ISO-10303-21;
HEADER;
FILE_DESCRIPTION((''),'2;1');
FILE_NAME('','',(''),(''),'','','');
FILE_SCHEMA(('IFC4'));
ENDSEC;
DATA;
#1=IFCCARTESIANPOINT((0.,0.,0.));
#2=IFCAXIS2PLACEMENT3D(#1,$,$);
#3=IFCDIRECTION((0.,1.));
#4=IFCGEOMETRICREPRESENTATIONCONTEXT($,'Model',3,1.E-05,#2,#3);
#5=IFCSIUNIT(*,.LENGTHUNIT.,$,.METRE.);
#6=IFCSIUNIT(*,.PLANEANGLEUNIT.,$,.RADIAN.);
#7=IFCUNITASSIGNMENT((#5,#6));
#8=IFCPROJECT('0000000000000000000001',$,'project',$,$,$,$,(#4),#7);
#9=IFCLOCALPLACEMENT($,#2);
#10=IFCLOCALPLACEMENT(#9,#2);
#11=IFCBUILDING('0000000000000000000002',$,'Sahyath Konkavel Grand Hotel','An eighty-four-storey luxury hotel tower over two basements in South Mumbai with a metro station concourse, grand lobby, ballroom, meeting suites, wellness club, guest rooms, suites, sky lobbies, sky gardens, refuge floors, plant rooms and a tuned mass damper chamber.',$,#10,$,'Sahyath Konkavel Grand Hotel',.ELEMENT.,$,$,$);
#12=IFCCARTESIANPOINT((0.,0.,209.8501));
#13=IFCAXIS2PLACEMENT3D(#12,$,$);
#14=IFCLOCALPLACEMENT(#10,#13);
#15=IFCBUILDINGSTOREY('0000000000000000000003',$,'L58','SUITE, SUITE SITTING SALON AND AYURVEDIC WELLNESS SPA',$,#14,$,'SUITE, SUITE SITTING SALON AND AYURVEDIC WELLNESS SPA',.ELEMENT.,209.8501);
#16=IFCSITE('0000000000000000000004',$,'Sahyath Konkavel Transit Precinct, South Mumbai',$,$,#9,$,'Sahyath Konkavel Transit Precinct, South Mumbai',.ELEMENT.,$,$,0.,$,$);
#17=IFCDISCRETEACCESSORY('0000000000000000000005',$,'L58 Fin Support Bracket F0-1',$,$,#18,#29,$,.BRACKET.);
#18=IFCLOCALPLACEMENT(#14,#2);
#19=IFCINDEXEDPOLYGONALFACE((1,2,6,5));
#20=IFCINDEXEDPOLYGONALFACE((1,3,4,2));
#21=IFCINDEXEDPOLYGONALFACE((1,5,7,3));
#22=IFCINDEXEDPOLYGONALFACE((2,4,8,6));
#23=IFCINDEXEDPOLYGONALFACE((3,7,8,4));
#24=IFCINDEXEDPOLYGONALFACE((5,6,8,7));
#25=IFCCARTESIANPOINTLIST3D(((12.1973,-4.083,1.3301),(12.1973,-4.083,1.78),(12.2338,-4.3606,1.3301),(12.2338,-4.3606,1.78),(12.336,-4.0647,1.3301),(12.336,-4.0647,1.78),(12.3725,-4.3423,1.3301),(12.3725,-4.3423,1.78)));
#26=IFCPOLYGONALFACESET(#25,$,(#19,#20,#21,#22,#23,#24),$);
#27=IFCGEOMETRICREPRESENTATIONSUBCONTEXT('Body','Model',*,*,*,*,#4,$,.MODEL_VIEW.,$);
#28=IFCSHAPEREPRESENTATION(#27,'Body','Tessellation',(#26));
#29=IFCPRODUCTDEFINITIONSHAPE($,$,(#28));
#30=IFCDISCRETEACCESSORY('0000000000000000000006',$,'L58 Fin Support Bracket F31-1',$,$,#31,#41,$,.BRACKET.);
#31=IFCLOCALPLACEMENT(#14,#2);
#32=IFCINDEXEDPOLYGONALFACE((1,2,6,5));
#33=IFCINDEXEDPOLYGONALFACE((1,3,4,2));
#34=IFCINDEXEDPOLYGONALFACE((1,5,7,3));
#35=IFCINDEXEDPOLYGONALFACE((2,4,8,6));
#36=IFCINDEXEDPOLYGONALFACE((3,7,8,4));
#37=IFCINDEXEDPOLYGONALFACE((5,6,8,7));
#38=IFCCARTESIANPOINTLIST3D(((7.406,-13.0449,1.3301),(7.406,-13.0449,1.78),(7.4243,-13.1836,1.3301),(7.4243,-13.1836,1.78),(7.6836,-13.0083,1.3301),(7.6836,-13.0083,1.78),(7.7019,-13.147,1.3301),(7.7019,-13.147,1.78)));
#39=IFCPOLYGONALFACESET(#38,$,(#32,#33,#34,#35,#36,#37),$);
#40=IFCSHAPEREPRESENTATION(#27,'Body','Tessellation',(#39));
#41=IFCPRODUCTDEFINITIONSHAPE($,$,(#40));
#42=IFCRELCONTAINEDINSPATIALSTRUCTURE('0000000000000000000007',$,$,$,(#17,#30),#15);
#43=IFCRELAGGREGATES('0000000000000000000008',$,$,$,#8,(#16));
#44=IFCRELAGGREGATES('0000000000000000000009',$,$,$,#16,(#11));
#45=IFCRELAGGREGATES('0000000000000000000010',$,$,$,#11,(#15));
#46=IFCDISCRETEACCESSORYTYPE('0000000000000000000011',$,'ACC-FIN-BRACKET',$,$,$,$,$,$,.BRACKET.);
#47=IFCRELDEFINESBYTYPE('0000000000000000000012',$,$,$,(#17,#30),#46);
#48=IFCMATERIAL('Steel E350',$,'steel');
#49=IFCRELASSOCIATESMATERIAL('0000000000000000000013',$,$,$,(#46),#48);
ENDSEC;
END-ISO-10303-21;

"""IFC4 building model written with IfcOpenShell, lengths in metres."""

from ifc_helpers import new_model, si_unit, direction, frame, origin, origin_2d, place, context, subcontext, project, spatial, rectangle, extrude, source, transform, mapped, material, type_object, element, save


model = new_model("IFC4")

# Units and contexts
model_context = context("Model", 3, precision=1e-05, world=origin(), true_north=direction((0.0, 1.0)))
body_context = subcontext(model_context, "Body", "Model", "MODEL_VIEW")
ifc_project = project(units=[si_unit("LENGTHUNIT", "METRE"), si_unit("PLANEANGLEUNIT", "RADIAN")], contexts=[model_context])

# Site, building, storey
site_placement = place(None, origin())
site = spatial("IfcSite", under=ifc_project, at=site_placement, Name="Sahyath Konkavel Transit Precinct, South Mumbai", LongName="Sahyath Konkavel Transit Precinct, South Mumbai", CompositionType="ELEMENT", RefElevation=0.0)
building_placement = place(site_placement, origin())
building = spatial("IfcBuilding", under=site, at=building_placement, Name="Sahyath Konkavel Grand Hotel", Description="An eighty-four-storey luxury hotel tower over two basements in South Mumbai with a metro station concourse, grand lobby, ballroom, meeting suites, wellness club, guest rooms, suites, sky lobbies, sky gardens, refuge floors, plant rooms and a tuned mass damper chamber.", LongName="Sahyath Konkavel Grand Hotel", CompositionType="ELEMENT")
storey_placement = place(building_placement, frame((0.0, 0.0, 209.8501)))
storey = spatial("IfcBuildingStorey", under=building, at=storey_placement, Name="L58", Description="SUITE, SUITE SITTING SALON AND AYURVEDIC WELLNESS SPA", LongName="SUITE, SUITE SITTING SALON AND AYURVEDIC WELLNESS SPA", CompositionType="ELEMENT", Elevation=209.8501)

# Discrete accessories
ifc_material_1 = material(Name="Steel E350", Category="steel")
discrete_accessory_type = type_object("IfcDiscreteAccessoryType", Name="ACC-FIN-BRACKET", PredefinedType="BRACKET", material=ifc_material_1)
shared_shape_1 = source(origin(), body_context, "Body", "SweptSolid", [
    extrude(rectangle(XDim=0.28, YDim=0.1399, at=origin_2d()), origin(), (0.0, 0.0, 1.0), 0.45),
])
for number, where, z_axis, x_axis, name in (
    (1, (12.2849, -4.2126, 1.3301), (0.0, 0.0, 1.0), (0.130526, -0.991445, 0.0), "L58 Fin Support Bracket F0-1"),
    (2, (7.554, -13.0959, 1.3301), (0.0, 0.0, 1.0), (0.991445, 0.130526, 0.0), "L58 Fin Support Bracket F31-1"),
):
    element("IfcDiscreteAccessory", number, at=place(storey_placement, frame(where, z_axis=z_axis, x_axis=x_axis)), inside=storey, type_object=discrete_accessory_type, Name=name, PredefinedType="BRACKET", context=body_context, shape_type="MappedRepresentation", body=[
        mapped(shared_shape_1, transform((0.0, 0.0, 0.0), scale=1.0)),
    ])

save(model, "model.ifc")
